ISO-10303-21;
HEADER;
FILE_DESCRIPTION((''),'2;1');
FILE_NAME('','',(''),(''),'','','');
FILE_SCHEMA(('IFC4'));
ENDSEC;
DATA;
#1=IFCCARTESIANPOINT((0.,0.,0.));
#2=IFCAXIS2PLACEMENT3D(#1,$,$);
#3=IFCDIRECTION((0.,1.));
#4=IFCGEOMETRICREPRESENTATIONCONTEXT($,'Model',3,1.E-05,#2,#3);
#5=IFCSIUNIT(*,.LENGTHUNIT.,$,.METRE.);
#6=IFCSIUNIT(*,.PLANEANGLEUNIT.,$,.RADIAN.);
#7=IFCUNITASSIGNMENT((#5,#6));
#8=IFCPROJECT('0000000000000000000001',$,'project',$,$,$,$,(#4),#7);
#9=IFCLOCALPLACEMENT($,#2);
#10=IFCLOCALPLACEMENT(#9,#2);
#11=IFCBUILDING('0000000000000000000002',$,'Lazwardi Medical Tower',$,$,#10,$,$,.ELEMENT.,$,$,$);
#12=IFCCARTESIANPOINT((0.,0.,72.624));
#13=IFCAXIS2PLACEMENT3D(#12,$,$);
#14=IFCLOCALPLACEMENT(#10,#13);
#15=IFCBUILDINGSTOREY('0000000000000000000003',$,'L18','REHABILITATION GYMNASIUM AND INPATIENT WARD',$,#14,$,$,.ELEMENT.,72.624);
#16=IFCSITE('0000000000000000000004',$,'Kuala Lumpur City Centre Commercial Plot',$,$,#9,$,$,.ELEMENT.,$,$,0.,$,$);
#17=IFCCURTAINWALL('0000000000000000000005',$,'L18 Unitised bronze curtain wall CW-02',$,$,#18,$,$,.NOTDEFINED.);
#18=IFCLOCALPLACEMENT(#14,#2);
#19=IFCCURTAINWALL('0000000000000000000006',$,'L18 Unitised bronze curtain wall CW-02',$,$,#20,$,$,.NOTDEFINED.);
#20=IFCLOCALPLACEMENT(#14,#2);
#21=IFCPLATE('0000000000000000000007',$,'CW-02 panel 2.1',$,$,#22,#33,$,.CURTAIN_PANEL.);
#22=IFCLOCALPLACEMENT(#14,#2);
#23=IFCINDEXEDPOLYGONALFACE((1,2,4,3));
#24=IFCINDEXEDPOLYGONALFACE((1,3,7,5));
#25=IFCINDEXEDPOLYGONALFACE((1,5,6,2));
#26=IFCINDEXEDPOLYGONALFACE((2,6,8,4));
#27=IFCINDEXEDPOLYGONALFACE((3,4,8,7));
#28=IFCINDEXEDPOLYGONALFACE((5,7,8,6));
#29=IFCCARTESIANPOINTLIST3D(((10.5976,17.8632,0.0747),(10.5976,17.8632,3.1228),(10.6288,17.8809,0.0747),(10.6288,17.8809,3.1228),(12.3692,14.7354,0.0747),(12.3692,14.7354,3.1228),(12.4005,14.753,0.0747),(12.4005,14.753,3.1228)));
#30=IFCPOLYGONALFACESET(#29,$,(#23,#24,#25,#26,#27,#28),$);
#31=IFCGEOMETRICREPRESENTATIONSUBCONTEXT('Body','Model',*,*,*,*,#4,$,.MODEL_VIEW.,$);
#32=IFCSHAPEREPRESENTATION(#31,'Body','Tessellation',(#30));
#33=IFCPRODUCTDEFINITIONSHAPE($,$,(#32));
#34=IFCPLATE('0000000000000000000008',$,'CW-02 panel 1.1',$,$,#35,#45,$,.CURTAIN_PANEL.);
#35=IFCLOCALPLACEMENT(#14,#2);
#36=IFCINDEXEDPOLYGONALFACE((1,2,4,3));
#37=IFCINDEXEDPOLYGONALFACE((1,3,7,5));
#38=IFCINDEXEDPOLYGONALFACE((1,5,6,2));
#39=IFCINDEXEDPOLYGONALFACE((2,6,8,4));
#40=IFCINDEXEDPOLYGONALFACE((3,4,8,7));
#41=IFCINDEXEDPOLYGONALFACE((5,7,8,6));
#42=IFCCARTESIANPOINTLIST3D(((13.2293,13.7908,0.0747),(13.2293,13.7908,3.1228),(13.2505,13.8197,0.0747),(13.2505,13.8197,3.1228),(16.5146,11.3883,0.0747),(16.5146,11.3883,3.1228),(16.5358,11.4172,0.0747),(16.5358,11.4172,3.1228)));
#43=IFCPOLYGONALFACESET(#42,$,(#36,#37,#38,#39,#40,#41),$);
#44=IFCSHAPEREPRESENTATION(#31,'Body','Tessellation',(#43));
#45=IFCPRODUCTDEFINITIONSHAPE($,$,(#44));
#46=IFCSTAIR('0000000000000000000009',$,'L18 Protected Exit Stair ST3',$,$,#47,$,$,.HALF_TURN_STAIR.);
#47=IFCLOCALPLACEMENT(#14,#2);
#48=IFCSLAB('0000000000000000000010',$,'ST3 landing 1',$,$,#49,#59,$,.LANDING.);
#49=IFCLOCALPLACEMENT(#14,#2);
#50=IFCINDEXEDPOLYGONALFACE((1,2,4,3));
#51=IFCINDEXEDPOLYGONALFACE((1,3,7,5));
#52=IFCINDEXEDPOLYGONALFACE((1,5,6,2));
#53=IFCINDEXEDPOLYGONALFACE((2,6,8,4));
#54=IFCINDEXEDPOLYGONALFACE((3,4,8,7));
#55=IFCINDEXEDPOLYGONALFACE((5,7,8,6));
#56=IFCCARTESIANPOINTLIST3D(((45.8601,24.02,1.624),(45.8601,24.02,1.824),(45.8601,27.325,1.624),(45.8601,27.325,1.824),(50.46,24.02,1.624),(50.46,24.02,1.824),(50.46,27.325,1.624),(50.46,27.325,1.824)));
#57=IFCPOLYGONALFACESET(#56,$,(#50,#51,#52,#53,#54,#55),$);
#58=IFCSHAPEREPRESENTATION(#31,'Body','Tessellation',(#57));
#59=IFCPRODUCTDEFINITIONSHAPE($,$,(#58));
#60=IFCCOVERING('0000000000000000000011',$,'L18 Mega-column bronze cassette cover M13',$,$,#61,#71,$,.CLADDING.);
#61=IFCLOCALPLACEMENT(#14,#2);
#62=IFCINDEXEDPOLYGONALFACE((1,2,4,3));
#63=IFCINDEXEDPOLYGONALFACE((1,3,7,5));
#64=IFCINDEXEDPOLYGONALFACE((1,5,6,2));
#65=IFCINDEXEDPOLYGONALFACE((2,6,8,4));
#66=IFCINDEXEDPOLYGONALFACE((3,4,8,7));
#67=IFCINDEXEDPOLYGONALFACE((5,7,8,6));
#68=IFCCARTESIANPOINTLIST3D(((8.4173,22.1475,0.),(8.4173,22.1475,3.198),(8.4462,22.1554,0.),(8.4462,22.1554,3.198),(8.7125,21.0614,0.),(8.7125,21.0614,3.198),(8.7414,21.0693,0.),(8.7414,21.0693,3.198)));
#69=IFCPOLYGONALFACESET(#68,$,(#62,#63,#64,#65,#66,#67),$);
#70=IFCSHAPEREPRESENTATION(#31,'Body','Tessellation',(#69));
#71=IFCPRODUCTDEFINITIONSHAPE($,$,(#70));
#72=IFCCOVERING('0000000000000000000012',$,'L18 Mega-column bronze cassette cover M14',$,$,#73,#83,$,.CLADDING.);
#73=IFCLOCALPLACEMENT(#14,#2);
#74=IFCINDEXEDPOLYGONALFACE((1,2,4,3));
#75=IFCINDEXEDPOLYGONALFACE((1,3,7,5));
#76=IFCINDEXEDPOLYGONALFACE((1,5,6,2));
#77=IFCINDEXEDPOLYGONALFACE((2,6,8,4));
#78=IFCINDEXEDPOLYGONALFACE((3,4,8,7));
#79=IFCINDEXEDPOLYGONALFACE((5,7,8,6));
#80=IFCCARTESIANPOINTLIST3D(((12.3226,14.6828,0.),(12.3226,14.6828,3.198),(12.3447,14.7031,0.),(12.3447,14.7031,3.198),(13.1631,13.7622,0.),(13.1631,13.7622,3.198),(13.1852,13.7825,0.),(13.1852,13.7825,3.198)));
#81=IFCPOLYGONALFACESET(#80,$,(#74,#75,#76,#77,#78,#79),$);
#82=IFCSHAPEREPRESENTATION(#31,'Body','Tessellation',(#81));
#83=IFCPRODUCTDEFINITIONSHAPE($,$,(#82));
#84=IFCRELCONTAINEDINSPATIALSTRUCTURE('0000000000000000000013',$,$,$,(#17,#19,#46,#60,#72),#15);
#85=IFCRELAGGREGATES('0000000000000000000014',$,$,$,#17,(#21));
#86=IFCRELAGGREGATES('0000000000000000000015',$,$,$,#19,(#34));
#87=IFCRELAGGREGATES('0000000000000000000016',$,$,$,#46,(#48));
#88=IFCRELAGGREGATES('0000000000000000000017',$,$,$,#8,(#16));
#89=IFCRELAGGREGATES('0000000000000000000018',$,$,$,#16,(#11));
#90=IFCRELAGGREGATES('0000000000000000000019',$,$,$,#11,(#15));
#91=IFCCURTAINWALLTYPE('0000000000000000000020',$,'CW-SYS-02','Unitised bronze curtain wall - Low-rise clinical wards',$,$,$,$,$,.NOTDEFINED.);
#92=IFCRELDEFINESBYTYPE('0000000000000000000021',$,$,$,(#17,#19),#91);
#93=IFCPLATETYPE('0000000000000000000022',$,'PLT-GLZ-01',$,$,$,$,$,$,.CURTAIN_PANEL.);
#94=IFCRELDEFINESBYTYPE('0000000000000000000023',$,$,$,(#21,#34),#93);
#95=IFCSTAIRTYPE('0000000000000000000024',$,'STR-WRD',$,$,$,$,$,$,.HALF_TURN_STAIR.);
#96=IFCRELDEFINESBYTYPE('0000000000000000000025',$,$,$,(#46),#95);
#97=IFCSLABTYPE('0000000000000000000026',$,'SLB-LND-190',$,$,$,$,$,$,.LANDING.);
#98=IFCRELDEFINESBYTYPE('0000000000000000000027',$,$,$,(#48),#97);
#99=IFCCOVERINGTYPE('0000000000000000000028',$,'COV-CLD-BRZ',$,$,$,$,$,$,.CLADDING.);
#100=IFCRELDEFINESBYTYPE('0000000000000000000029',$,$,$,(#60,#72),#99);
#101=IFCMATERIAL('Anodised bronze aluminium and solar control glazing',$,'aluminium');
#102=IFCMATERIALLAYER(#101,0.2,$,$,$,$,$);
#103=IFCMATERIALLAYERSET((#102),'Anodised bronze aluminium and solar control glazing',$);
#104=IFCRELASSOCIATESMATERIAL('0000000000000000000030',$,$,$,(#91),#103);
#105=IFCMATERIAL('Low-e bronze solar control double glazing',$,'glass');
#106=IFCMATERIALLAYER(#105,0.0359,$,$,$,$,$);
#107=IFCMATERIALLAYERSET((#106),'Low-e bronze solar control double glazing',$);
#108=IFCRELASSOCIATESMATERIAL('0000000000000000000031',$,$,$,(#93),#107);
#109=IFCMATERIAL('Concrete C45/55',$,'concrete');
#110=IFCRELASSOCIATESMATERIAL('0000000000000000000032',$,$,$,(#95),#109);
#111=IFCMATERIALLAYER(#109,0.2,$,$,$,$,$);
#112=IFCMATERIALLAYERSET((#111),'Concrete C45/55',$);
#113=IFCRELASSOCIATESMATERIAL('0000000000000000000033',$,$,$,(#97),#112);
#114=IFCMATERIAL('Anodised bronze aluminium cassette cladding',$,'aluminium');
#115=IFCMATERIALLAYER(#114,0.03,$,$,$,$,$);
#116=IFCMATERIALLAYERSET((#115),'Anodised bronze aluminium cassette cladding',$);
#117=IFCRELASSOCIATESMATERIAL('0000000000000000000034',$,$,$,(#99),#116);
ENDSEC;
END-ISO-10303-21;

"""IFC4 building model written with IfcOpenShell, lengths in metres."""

from ifc_helpers import new_model, si_unit, direction, frame, origin, origin_2d, place, context, subcontext, project, spatial, polyline, rectangle, outline, extrude, material, layer, layer_set, type_object, element, aggregate, save


model = new_model("IFC4")

# Units and contexts
model_context = context("Model", 3, precision=1e-05, world=origin(), true_north=direction((0.0, 1.0)))
body_context = subcontext(model_context, "Body", "Model", "MODEL_VIEW")
ifc_project = project(units=[si_unit("LENGTHUNIT", "METRE"), si_unit("PLANEANGLEUNIT", "RADIAN")], contexts=[model_context])

# Site, building, storey
site_placement = place(None, origin())
site = spatial("IfcSite", under=ifc_project, at=site_placement, Name="Kuala Lumpur City Centre Commercial Plot", CompositionType="ELEMENT", RefElevation=0.0)
building_placement = place(site_placement, origin())
building = spatial("IfcBuilding", under=site, at=building_placement, Name="Lazwardi Medical Tower", CompositionType="ELEMENT")
storey_placement = place(building_placement, frame((0.0, 0.0, 72.624)))
storey = spatial("IfcBuildingStorey", under=building, at=storey_placement, Name="L18", Description="REHABILITATION GYMNASIUM AND INPATIENT WARD", CompositionType="ELEMENT", Elevation=72.624)

# Curtain wall
ifc_material_1 = material(Name="Anodised bronze aluminium and solar control glazing", Category="aluminium")
ifc_layer_1 = layer(ifc_material_1, 0.2)
ifc_layer_set_1 = layer_set([ifc_layer_1], Name="Anodised bronze aluminium and solar control glazing")
curtain_wall_type = type_object("IfcCurtainWallType", Name="CW-SYS-02", Description="Unitised bronze curtain wall - Low-rise clinical wards", PredefinedType="NOTDEFINED", material=ifc_layer_set_1)
curtain_wall_1_placement = place(storey_placement, origin())
curtain_wall_1 = element("IfcCurtainWall", 1, at=curtain_wall_1_placement, inside=storey, type_object=curtain_wall_type, Name="L18 Unitised bronze curtain wall CW-02", PredefinedType="NOTDEFINED")

# Curtain wall
curtain_wall_2_placement = place(storey_placement, origin())
curtain_wall_2 = element("IfcCurtainWall", 2, at=curtain_wall_2_placement, inside=storey, type_object=curtain_wall_type, Name="L18 Unitised bronze curtain wall CW-02", PredefinedType="NOTDEFINED")

# Plates
ifc_material_2 = material(Name="Low-e bronze solar control double glazing", Category="glass")
ifc_layer_2 = layer(ifc_material_2, 0.0359)
ifc_layer_set_2 = layer_set([ifc_layer_2], Name="Low-e bronze solar control double glazing")
plate_type = type_object("IfcPlateType", Name="PLT-GLZ-01", PredefinedType="CURTAIN_PANEL", material=ifc_layer_set_2)
plate_1_placement = place(storey_placement, frame((11.499, 16.3081, 0.0747), z_axis=(0.0, 0.0, 1.0), x_axis=(0.492854, -0.870112, 0.0)))
plate_1 = element("IfcPlate", 3, at=plate_1_placement, type_object=plate_type, Name="CW-02 panel 2.1", PredefinedType="CURTAIN_PANEL", context=body_context, shape_type="SweptSolid", body=[
    extrude(rectangle(XDim=3.5947, YDim=0.0359, at=origin_2d()), origin(), (0.0, 0.0, 1.0), 3.0481),
])
aggregate(curtain_wall_1, [plate_1])
plate_2_placement = place(storey_placement, frame((14.8826, 12.604, 0.0747), z_axis=(0.0, 0.0, 1.0), x_axis=(0.807192, -0.590289, 0.0)))
plate_2 = element("IfcPlate", 4, at=plate_2_placement, type_object=plate_type, Name="CW-02 panel 1.1", PredefinedType="CURTAIN_PANEL", context=body_context, shape_type="SweptSolid", body=[
    extrude(rectangle(XDim=4.0701, YDim=0.0359, at=origin_2d()), origin(), (0.0, 0.0, 1.0), 3.0481),
])
aggregate(curtain_wall_2, [plate_2])

# Stair, slab
ifc_material_3 = material(Name="Concrete C45/55", Category="concrete")
stair_type = type_object("IfcStairType", Name="STR-WRD", PredefinedType="HALF_TURN_STAIR", material=ifc_material_3)
stair_placement = place(storey_placement, origin())
stair = element("IfcStair", 5, at=stair_placement, inside=storey, type_object=stair_type, Name="L18 Protected Exit Stair ST3", PredefinedType="HALF_TURN_STAIR")
ifc_layer_3 = layer(ifc_material_3, 0.2)
ifc_layer_set_3 = layer_set([ifc_layer_3], Name="Concrete C45/55")
slab_type = type_object("IfcSlabType", Name="SLB-LND-190", PredefinedType="LANDING", material=ifc_layer_set_3)
slab_placement = place(storey_placement, frame((0.0, 0.0, 1.624)))
slab = element("IfcSlab", 6, at=slab_placement, type_object=slab_type, Name="ST3 landing 1", PredefinedType="LANDING", context=body_context, shape_type="SweptSolid", body=[
    extrude(outline(polyline([(45.8601, 27.325), (45.8601, 24.02), (50.46, 24.02), (50.46, 27.325), (45.8601, 27.325)])), origin(), (0.0, 0.0, 1.0), 0.2),
])
aggregate(stair, [slab])

# Coverings
ifc_material_4 = material(Name="Anodised bronze aluminium cassette cladding", Category="aluminium")
ifc_layer_4 = layer(ifc_material_4, 0.03)
ifc_layer_set_4 = layer_set([ifc_layer_4], Name="Anodised bronze aluminium cassette cladding")
covering_type = type_object("IfcCoveringType", Name="COV-CLD-BRZ", PredefinedType="CLADDING", material=ifc_layer_set_4)
covering_1_placement = place(storey_placement, frame((8.5793, 21.6084, 0.0), z_axis=(0.0, 0.0, 1.0), x_axis=(0.262283, -0.964991, 0.0)))
element("IfcCovering", 7, at=covering_1_placement, inside=storey, type_object=covering_type, Name="L18 Mega-column bronze cassette cover M13", PredefinedType="CLADDING", context=body_context, shape_type="SweptSolid", body=[
    extrude(rectangle(XDim=1.1255, YDim=0.03, at=origin_2d()), origin(), (0.0, 0.0, 1.0), 3.198),
])
covering_2_placement = place(storey_placement, frame((12.7539, 14.2327, 0.0), z_axis=(0.0, 0.0, 1.0), x_axis=(0.674252, -0.738501, 0.0)))
element("IfcCovering", 8, at=covering_2_placement, inside=storey, type_object=covering_type, Name="L18 Mega-column bronze cassette cover M14", PredefinedType="CLADDING", context=body_context, shape_type="SweptSolid", body=[
    extrude(rectangle(XDim=1.2466, YDim=0.03, at=origin_2d()), origin(), (0.0, 0.0, 1.0), 3.198),
])

save(model, "model.ifc")
